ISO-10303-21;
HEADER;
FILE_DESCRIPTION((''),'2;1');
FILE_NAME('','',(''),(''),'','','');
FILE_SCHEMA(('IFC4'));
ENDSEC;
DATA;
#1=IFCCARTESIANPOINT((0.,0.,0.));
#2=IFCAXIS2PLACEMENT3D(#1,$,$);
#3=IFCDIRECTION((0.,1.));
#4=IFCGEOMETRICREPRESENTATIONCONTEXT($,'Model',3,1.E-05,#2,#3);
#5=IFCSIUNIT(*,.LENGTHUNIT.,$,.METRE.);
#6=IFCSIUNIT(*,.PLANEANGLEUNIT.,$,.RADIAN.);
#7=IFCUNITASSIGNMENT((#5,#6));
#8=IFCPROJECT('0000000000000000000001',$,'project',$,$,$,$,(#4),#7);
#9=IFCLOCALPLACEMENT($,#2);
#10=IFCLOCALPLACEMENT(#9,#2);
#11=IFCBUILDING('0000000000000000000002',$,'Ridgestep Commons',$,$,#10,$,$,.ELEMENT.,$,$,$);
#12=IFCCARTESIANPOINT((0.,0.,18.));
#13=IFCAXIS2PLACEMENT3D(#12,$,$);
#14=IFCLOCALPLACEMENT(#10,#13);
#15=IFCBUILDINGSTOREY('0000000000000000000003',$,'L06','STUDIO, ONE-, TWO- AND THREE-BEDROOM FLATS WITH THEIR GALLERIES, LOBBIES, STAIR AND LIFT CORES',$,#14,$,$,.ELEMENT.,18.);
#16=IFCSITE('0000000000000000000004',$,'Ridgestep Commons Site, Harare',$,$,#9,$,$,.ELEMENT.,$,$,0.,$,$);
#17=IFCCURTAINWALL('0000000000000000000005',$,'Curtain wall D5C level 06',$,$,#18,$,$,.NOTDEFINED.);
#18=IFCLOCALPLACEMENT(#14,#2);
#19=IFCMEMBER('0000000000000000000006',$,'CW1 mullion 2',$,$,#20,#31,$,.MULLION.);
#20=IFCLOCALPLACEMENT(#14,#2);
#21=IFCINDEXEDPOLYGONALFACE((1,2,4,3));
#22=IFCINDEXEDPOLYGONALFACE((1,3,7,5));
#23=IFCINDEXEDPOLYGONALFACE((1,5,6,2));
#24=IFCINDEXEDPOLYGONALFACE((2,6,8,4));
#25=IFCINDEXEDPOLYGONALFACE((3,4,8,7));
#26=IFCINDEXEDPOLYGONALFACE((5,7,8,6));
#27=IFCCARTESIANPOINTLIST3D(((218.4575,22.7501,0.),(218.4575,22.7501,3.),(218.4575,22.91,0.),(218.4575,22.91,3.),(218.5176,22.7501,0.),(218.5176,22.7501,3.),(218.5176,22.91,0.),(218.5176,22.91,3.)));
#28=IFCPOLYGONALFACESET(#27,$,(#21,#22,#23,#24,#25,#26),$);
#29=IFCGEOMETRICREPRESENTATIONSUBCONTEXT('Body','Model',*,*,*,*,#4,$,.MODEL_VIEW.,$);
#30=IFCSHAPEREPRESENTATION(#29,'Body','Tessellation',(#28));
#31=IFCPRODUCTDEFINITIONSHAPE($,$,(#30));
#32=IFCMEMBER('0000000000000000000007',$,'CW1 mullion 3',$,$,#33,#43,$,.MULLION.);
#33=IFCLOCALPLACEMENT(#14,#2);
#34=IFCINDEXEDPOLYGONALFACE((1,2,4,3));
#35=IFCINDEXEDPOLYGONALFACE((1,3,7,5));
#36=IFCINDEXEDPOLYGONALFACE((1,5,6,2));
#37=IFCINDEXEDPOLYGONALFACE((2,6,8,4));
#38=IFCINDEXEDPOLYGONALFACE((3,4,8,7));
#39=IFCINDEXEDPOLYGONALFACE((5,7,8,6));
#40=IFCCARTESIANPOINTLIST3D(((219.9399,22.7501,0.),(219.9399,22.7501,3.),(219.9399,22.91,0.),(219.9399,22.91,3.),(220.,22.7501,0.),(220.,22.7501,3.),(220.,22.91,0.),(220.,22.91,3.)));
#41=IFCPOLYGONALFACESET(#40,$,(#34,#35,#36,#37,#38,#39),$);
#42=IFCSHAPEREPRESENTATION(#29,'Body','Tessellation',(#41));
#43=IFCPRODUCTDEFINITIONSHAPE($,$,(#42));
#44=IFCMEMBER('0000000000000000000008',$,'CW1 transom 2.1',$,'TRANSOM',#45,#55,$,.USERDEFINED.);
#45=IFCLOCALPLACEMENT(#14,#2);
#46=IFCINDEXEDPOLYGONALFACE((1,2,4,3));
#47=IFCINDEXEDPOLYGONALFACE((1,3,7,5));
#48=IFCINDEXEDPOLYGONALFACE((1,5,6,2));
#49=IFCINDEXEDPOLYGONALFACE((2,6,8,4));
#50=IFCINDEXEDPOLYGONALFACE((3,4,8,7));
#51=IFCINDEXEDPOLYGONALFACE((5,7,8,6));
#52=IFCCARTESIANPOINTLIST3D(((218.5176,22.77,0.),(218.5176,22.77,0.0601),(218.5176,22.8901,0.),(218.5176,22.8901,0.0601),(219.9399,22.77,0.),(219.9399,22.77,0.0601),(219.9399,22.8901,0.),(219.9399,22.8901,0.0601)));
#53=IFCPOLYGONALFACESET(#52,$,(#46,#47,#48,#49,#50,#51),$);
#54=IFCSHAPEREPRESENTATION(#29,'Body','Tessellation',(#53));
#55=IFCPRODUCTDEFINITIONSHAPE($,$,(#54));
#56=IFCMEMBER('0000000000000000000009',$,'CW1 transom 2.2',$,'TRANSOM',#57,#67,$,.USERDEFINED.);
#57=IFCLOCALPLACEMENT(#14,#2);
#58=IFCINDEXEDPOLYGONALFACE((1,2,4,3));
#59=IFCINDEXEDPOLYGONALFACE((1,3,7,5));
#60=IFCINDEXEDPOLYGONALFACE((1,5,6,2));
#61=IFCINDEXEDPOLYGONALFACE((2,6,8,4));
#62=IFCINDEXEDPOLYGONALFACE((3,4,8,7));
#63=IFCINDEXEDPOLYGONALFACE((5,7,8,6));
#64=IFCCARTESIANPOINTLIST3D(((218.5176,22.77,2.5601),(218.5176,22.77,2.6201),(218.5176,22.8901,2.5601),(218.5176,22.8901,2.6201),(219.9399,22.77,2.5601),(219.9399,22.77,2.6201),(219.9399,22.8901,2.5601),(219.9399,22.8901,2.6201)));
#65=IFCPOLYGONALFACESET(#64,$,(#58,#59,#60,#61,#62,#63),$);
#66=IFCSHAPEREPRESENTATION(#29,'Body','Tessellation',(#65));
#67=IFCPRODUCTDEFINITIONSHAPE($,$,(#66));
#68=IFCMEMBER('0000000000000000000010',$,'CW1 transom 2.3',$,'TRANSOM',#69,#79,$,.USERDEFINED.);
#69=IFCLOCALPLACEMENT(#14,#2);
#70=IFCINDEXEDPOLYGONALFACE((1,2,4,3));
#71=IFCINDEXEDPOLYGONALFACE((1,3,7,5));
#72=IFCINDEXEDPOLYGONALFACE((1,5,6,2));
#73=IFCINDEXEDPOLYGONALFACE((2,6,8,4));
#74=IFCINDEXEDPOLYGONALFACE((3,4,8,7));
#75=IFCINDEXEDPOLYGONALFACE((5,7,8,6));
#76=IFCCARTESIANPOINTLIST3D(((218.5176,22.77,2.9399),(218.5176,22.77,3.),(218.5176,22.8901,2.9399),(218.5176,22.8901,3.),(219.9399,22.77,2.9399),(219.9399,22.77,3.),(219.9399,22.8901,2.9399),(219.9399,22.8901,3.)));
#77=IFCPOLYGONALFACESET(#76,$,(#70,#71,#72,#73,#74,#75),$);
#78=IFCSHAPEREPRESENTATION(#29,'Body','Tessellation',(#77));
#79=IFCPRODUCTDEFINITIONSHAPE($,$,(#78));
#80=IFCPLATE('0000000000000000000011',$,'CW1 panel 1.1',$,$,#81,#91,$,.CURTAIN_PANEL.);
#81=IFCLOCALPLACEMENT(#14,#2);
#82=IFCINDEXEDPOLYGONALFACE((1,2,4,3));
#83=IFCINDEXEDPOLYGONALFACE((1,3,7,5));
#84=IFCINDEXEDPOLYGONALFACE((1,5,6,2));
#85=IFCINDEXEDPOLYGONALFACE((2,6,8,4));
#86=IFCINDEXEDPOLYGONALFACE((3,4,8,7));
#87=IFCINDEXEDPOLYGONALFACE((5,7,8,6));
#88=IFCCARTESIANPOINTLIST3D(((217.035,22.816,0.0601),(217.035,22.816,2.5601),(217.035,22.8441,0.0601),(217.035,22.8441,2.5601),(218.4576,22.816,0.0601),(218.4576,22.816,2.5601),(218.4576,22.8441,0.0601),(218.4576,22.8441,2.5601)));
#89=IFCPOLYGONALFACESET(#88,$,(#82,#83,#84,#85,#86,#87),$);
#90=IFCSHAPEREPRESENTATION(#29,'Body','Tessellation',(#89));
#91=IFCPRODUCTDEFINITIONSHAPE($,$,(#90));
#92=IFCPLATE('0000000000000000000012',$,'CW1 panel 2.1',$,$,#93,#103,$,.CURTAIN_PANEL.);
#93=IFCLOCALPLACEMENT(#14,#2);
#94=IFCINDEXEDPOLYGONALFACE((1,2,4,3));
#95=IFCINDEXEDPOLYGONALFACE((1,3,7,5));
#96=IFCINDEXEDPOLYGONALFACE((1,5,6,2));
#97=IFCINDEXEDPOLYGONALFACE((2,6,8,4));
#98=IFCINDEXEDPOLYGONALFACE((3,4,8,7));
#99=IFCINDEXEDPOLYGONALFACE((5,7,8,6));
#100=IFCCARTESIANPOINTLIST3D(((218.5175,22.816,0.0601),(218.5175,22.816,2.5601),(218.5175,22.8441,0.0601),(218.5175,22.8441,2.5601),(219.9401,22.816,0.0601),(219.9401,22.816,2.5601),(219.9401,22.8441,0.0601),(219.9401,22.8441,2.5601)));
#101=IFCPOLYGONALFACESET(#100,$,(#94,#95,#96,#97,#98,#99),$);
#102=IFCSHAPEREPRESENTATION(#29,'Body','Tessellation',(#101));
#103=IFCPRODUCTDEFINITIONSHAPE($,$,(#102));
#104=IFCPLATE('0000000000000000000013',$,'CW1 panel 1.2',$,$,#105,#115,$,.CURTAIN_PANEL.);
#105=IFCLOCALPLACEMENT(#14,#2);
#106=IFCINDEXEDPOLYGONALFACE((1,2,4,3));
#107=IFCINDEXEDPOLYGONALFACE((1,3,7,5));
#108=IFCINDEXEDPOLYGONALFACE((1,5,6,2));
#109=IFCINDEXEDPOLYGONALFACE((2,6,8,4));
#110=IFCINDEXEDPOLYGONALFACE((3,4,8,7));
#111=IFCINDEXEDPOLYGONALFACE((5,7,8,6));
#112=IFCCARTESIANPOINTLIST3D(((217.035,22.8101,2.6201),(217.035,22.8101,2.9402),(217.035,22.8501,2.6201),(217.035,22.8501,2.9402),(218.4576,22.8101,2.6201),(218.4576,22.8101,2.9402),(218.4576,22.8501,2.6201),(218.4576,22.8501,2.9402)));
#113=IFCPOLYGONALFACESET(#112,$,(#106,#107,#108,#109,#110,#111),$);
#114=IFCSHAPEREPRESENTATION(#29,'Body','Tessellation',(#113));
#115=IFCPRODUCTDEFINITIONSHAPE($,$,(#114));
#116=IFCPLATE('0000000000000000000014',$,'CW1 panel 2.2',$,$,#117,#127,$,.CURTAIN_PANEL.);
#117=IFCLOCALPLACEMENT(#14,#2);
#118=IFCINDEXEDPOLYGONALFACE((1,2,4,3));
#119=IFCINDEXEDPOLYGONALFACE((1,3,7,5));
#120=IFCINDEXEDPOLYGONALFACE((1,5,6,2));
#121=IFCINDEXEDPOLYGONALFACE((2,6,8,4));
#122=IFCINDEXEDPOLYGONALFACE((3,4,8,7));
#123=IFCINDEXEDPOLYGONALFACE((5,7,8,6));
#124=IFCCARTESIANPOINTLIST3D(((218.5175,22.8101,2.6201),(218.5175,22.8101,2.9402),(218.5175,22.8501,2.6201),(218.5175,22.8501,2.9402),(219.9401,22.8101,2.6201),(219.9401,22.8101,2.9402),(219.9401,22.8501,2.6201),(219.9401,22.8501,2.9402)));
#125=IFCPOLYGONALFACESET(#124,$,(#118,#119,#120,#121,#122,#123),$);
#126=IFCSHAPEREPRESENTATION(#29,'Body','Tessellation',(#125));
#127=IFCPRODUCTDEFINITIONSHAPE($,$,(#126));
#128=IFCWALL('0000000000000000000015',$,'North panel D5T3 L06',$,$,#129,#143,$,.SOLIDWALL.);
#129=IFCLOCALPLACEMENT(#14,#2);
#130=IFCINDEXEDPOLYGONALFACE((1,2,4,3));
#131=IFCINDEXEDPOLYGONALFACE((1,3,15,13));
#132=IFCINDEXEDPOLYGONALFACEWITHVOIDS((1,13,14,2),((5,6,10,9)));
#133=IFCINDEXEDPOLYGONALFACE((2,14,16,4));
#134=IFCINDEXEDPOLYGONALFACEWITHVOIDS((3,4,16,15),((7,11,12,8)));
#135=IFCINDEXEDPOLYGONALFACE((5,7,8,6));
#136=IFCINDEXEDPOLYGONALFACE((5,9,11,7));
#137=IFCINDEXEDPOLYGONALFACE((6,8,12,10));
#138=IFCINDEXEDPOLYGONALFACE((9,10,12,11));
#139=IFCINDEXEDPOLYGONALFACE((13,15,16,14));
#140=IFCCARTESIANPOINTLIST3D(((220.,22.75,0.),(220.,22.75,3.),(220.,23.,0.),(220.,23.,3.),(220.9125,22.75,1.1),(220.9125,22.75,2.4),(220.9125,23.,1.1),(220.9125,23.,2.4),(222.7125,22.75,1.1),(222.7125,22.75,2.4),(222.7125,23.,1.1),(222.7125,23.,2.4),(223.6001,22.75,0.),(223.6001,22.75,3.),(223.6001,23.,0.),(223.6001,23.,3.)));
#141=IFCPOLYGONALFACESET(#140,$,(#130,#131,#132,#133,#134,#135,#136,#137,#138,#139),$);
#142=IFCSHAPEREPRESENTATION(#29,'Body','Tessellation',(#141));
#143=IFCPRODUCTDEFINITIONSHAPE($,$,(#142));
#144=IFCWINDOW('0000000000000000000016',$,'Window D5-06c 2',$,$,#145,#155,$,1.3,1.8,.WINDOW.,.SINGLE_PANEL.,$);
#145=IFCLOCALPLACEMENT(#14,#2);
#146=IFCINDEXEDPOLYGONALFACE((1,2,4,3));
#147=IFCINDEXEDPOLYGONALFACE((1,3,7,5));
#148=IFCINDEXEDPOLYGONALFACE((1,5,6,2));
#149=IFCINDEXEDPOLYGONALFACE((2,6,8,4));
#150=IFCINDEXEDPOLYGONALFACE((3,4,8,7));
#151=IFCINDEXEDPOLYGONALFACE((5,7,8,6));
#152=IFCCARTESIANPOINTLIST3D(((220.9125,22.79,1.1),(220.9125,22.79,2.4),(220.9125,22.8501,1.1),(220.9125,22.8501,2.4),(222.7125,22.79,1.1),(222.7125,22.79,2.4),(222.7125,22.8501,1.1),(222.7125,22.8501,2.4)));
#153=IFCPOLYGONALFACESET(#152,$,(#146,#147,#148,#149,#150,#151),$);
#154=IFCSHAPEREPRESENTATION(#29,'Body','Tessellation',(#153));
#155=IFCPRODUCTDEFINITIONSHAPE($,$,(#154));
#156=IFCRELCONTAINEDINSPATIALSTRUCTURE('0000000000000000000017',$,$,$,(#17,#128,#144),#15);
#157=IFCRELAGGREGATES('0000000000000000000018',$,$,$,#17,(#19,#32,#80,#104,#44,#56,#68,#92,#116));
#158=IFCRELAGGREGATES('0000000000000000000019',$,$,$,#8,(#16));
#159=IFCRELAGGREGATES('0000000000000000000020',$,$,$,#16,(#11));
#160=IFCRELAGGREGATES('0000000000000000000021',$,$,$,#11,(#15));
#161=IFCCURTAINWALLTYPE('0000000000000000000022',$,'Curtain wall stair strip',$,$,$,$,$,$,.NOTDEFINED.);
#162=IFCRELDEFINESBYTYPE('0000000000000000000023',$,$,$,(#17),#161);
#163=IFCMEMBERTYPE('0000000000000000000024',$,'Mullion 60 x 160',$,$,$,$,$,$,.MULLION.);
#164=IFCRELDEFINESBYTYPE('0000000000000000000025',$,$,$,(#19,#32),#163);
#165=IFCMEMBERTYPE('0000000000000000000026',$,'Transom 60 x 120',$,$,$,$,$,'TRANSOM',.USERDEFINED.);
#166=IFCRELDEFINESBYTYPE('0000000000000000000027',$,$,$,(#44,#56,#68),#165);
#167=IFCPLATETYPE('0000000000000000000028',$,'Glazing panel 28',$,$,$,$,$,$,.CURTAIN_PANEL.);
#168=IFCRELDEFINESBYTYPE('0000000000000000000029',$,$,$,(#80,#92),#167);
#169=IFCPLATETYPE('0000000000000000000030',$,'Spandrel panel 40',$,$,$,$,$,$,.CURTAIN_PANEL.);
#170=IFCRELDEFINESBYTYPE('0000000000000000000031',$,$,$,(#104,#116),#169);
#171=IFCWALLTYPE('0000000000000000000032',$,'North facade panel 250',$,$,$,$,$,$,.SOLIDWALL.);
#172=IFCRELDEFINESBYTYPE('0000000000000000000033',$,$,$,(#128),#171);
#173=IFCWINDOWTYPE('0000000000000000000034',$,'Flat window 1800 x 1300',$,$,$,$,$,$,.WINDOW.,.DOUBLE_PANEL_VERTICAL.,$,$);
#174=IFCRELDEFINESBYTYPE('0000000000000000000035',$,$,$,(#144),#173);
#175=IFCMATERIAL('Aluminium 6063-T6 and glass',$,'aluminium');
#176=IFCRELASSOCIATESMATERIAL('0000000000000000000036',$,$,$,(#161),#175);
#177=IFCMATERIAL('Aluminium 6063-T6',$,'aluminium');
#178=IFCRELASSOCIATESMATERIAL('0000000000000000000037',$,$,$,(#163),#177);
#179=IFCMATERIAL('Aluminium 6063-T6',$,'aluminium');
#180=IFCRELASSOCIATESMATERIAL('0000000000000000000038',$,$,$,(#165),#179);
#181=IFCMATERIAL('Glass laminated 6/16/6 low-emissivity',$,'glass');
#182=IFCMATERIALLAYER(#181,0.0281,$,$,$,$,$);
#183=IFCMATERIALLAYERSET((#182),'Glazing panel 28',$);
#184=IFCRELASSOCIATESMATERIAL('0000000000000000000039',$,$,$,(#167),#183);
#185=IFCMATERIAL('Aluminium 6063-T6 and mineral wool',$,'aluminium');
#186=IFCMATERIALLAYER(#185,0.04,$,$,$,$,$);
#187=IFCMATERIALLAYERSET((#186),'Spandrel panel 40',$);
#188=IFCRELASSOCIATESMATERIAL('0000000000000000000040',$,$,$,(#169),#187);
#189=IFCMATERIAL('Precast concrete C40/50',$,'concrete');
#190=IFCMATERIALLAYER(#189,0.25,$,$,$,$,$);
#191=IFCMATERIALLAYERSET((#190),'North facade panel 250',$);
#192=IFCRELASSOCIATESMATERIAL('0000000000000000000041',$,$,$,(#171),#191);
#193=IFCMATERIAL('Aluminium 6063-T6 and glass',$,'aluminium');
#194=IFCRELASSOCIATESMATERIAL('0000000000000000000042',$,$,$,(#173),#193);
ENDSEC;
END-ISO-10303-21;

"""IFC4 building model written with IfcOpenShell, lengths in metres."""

from ifc_helpers import new_model, si_unit, direction, frame, frame_2d, origin, origin_2d, place, context, subcontext, project, spatial, rectangle, extrude, material, layer, layer_set, material_profile, profile_set, type_object, element, fill, aggregate, save


model = new_model("IFC4")

# Units and contexts
model_context = context("Model", 3, precision=1e-05, world=origin(), true_north=direction((0.0, 1.0)))
body_context = subcontext(model_context, "Body", "Model", "MODEL_VIEW")
ifc_project = project(units=[si_unit("LENGTHUNIT", "METRE"), si_unit("PLANEANGLEUNIT", "RADIAN")], contexts=[model_context])

# Site, building, storey
site_placement = place(None, origin())
site = spatial("IfcSite", under=ifc_project, at=site_placement, Name="Ridgestep Commons Site, Harare", CompositionType="ELEMENT", RefElevation=0.0)
building_placement = place(site_placement, origin())
building = spatial("IfcBuilding", under=site, at=building_placement, Name="Ridgestep Commons", CompositionType="ELEMENT")
storey_placement = place(building_placement, frame((0.0, 0.0, 18.0)))
storey = spatial("IfcBuildingStorey", under=building, at=storey_placement, Name="L06", Description="STUDIO, ONE-, TWO- AND THREE-BEDROOM FLATS WITH THEIR GALLERIES, LOBBIES, STAIR AND LIFT CORES", CompositionType="ELEMENT", Elevation=18.0)

# Curtain wall, members, plates
ifc_material_1 = material(Name="Aluminium 6063-T6 and glass", Category="aluminium")
curtain_wall_type = type_object("IfcCurtainWallType", Name="Curtain wall stair strip", PredefinedType="NOTDEFINED", material=ifc_material_1)
curtain_wall_placement = place(storey_placement, origin())
curtain_wall = element("IfcCurtainWall", 1, at=curtain_wall_placement, inside=storey, type_object=curtain_wall_type, Name="Curtain wall D5C level 06", PredefinedType="NOTDEFINED")
ifc_material_2 = material(Name="Aluminium 6063-T6", Category="aluminium")
ifc_material_profile_1 = material_profile(ifc_material_2, rectangle(XDim=0.1599, YDim=0.0601, at=origin_2d()), Name="Mullion 60 x 160")
ifc_profile_set_1 = profile_set([ifc_material_profile_1], Name="Aluminium 6063-T6")
member_type_1 = type_object("IfcMemberType", Name="Mullion 60 x 160", PredefinedType="MULLION", material=ifc_profile_set_1)
member_1_placement = place(storey_placement, frame((218.4875, 22.8301, 0.0), z_axis=(0.0, 0.0, 1.0), x_axis=(0.0, 1.0, 0.0)))
member_1 = element("IfcMember", 2, at=member_1_placement, type_object=member_type_1, Name="CW1 mullion 2", PredefinedType="MULLION", context=body_context, shape_type="SweptSolid", body=[
    extrude(rectangle(XDim=0.1599, YDim=0.0601, at=origin_2d()), origin(), (0.0, 0.0, 1.0), 3.0),
])
member_2_placement = place(storey_placement, frame((219.97, 22.8301, 0.0), z_axis=(0.0, 0.0, 1.0), x_axis=(0.0, 1.0, 0.0)))
member_2 = element("IfcMember", 3, at=member_2_placement, type_object=member_type_1, Name="CW1 mullion 3", PredefinedType="MULLION", context=body_context, shape_type="SweptSolid", body=[
    extrude(rectangle(XDim=0.1599, YDim=0.0601, at=origin_2d()), origin(), (0.0, 0.0, 1.0), 3.0),
])
ifc_material_3 = material(Name="Aluminium 6063-T6", Category="aluminium")
ifc_material_profile_2 = material_profile(ifc_material_3, rectangle(XDim=0.1201, YDim=0.0601, at=origin_2d()), Name="Transom 60 x 120")
ifc_profile_set_2 = profile_set([ifc_material_profile_2], Name="Aluminium 6063-T6")
member_type_2 = type_object("IfcMemberType", Name="Transom 60 x 120", ElementType="TRANSOM", PredefinedType="USERDEFINED", material=ifc_profile_set_2)
member_3_placement = place(storey_placement, frame((218.5176, 22.8301, 0.03), z_axis=(1.0, 0.0, 0.0), x_axis=(0.0, 1.0, 0.0)))
member_3 = element("IfcMember", 4, at=member_3_placement, type_object=member_type_2, Name="CW1 transom 2.1", ObjectType="TRANSOM", PredefinedType="USERDEFINED", context=body_context, shape_type="SweptSolid", body=[
    extrude(rectangle(XDim=0.1201, YDim=0.0601, at=origin_2d()), origin(), (0.0, 0.0, 1.0), 1.4224),
])
member_4_placement = place(storey_placement, frame((218.5176, 22.8301, 2.5901), z_axis=(1.0, 0.0, 0.0), x_axis=(0.0, 1.0, 0.0)))
member_4 = element("IfcMember", 5, at=member_4_placement, type_object=member_type_2, Name="CW1 transom 2.2", ObjectType="TRANSOM", PredefinedType="USERDEFINED", context=body_context, shape_type="SweptSolid", body=[
    extrude(rectangle(XDim=0.1201, YDim=0.0601, at=origin_2d()), origin(), (0.0, 0.0, 1.0), 1.4224),
])
member_5_placement = place(storey_placement, frame((218.5176, 22.8301, 2.97), z_axis=(1.0, 0.0, 0.0), x_axis=(0.0, 1.0, 0.0)))
member_5 = element("IfcMember", 6, at=member_5_placement, type_object=member_type_2, Name="CW1 transom 2.3", ObjectType="TRANSOM", PredefinedType="USERDEFINED", context=body_context, shape_type="SweptSolid", body=[
    extrude(rectangle(XDim=0.1201, YDim=0.0601, at=origin_2d()), origin(), (0.0, 0.0, 1.0), 1.4224),
])
ifc_material_4 = material(Name="Glass laminated 6/16/6 low-emissivity", Category="glass")
ifc_layer_1 = layer(ifc_material_4, 0.0281)
ifc_layer_set_1 = layer_set([ifc_layer_1], Name="Glazing panel 28")
plate_type_1 = type_object("IfcPlateType", Name="Glazing panel 28", PredefinedType="CURTAIN_PANEL", material=ifc_layer_set_1)
plate_1_placement = place(storey_placement, frame((217.7463, 22.8301, 0.0601), z_axis=(0.0, 0.0, 1.0), x_axis=(1.0, 0.0, 0.0)))
plate_1 = element("IfcPlate", 7, at=plate_1_placement, type_object=plate_type_1, Name="CW1 panel 1.1", PredefinedType="CURTAIN_PANEL", context=body_context, shape_type="SweptSolid", body=[
    extrude(rectangle(XDim=1.4226, YDim=0.0281, at=origin_2d()), origin(), (0.0, 0.0, 1.0), 2.5),
])
plate_2_placement = place(storey_placement, frame((219.2288, 22.8301, 0.0601), z_axis=(0.0, 0.0, 1.0), x_axis=(1.0, 0.0, 0.0)))
plate_2 = element("IfcPlate", 8, at=plate_2_placement, type_object=plate_type_1, Name="CW1 panel 2.1", PredefinedType="CURTAIN_PANEL", context=body_context, shape_type="SweptSolid", body=[
    extrude(rectangle(XDim=1.4226, YDim=0.0281, at=origin_2d()), origin(), (0.0, 0.0, 1.0), 2.5),
])
ifc_material_5 = material(Name="Aluminium 6063-T6 and mineral wool", Category="aluminium")
ifc_layer_2 = layer(ifc_material_5, 0.04)
ifc_layer_set_2 = layer_set([ifc_layer_2], Name="Spandrel panel 40")
plate_type_2 = type_object("IfcPlateType", Name="Spandrel panel 40", PredefinedType="CURTAIN_PANEL", material=ifc_layer_set_2)
plate_3_placement = place(storey_placement, frame((217.7463, 22.8301, 2.6201), z_axis=(0.0, 0.0, 1.0), x_axis=(1.0, 0.0, 0.0)))
plate_3 = element("IfcPlate", 9, at=plate_3_placement, type_object=plate_type_2, Name="CW1 panel 1.2", PredefinedType="CURTAIN_PANEL", context=body_context, shape_type="SweptSolid", body=[
    extrude(rectangle(XDim=1.4226, YDim=0.04, at=origin_2d()), origin(), (0.0, 0.0, 1.0), 0.3201),
])
plate_4_placement = place(storey_placement, frame((219.2288, 22.8301, 2.6201), z_axis=(0.0, 0.0, 1.0), x_axis=(1.0, 0.0, 0.0)))
plate_4 = element("IfcPlate", 10, at=plate_4_placement, type_object=plate_type_2, Name="CW1 panel 2.2", PredefinedType="CURTAIN_PANEL", context=body_context, shape_type="SweptSolid", body=[
    extrude(rectangle(XDim=1.4226, YDim=0.04, at=origin_2d()), origin(), (0.0, 0.0, 1.0), 0.3201),
])
aggregate(curtain_wall, [member_1, member_2, plate_1, plate_3, member_3, member_4, member_5, plate_2, plate_4])

# Wall, opening, window
ifc_material_6 = material(Name="Precast concrete C40/50", Category="concrete")
ifc_layer_3 = layer(ifc_material_6, 0.25)
ifc_layer_set_3 = layer_set([ifc_layer_3], Name="North facade panel 250")
wall_type = type_object("IfcWallType", Name="North facade panel 250", PredefinedType="SOLIDWALL", material=ifc_layer_set_3)
wall_placement = place(storey_placement, frame((220.0, 22.875, 0.0), z_axis=(0.0, 0.0, 1.0), x_axis=(1.0, 0.0, 0.0)))
wall = element("IfcWall", 11, at=wall_placement, inside=storey, type_object=wall_type, Name="North panel D5T3 L06", PredefinedType="SOLIDWALL", context=body_context, shape_type="SweptSolid", body=[
    extrude(rectangle(XDim=3.6001, YDim=0.25, at=frame_2d((1.8, 0.0))), origin(), (0.0, 0.0, 1.0), 3.0),
])
opening_placement = place(wall_placement, frame((0.9126, 0.0, 1.1001)))
opening = element("IfcOpeningElement", 12, at=opening_placement, cuts=wall, PredefinedType="OPENING", context=body_context, shape_type="SweptSolid", body=[
    extrude(rectangle(XDim=1.8, YDim=1.3, at=frame_2d((0.8999, 0.6499))), frame((0.0, 0.135, 0.0), z_axis=(0.0, -1.0, 0.0), x_axis=(1.0, 0.0, 0.0)), (0.0, 0.0, 1.0), 0.27),
])
ifc_material_7 = material(Name="Aluminium 6063-T6 and glass", Category="aluminium")
window_type = type_object("IfcWindowType", Name="Flat window 1800 x 1300", PartitioningType="DOUBLE_PANEL_VERTICAL", PredefinedType="WINDOW", material=ifc_material_7)
window_placement = place(opening_placement, origin())
window = element("IfcWindow", 13, at=window_placement, inside=storey, type_object=window_type, Name="Window D5-06c 2", OverallHeight=1.3, OverallWidth=1.8, PartitioningType="SINGLE_PANEL", PredefinedType="WINDOW", context=body_context, shape_type="SweptSolid", body=[
    extrude(rectangle(XDim=1.8, YDim=1.3, at=frame_2d((0.8999, 0.6499))), frame((0.0, -0.0249, 0.0), z_axis=(0.0, -1.0, 0.0), x_axis=(1.0, 0.0, 0.0)), (0.0, 0.0, 1.0), 0.0601),
])
fill(opening, window)

save(model, "model.ifc")
